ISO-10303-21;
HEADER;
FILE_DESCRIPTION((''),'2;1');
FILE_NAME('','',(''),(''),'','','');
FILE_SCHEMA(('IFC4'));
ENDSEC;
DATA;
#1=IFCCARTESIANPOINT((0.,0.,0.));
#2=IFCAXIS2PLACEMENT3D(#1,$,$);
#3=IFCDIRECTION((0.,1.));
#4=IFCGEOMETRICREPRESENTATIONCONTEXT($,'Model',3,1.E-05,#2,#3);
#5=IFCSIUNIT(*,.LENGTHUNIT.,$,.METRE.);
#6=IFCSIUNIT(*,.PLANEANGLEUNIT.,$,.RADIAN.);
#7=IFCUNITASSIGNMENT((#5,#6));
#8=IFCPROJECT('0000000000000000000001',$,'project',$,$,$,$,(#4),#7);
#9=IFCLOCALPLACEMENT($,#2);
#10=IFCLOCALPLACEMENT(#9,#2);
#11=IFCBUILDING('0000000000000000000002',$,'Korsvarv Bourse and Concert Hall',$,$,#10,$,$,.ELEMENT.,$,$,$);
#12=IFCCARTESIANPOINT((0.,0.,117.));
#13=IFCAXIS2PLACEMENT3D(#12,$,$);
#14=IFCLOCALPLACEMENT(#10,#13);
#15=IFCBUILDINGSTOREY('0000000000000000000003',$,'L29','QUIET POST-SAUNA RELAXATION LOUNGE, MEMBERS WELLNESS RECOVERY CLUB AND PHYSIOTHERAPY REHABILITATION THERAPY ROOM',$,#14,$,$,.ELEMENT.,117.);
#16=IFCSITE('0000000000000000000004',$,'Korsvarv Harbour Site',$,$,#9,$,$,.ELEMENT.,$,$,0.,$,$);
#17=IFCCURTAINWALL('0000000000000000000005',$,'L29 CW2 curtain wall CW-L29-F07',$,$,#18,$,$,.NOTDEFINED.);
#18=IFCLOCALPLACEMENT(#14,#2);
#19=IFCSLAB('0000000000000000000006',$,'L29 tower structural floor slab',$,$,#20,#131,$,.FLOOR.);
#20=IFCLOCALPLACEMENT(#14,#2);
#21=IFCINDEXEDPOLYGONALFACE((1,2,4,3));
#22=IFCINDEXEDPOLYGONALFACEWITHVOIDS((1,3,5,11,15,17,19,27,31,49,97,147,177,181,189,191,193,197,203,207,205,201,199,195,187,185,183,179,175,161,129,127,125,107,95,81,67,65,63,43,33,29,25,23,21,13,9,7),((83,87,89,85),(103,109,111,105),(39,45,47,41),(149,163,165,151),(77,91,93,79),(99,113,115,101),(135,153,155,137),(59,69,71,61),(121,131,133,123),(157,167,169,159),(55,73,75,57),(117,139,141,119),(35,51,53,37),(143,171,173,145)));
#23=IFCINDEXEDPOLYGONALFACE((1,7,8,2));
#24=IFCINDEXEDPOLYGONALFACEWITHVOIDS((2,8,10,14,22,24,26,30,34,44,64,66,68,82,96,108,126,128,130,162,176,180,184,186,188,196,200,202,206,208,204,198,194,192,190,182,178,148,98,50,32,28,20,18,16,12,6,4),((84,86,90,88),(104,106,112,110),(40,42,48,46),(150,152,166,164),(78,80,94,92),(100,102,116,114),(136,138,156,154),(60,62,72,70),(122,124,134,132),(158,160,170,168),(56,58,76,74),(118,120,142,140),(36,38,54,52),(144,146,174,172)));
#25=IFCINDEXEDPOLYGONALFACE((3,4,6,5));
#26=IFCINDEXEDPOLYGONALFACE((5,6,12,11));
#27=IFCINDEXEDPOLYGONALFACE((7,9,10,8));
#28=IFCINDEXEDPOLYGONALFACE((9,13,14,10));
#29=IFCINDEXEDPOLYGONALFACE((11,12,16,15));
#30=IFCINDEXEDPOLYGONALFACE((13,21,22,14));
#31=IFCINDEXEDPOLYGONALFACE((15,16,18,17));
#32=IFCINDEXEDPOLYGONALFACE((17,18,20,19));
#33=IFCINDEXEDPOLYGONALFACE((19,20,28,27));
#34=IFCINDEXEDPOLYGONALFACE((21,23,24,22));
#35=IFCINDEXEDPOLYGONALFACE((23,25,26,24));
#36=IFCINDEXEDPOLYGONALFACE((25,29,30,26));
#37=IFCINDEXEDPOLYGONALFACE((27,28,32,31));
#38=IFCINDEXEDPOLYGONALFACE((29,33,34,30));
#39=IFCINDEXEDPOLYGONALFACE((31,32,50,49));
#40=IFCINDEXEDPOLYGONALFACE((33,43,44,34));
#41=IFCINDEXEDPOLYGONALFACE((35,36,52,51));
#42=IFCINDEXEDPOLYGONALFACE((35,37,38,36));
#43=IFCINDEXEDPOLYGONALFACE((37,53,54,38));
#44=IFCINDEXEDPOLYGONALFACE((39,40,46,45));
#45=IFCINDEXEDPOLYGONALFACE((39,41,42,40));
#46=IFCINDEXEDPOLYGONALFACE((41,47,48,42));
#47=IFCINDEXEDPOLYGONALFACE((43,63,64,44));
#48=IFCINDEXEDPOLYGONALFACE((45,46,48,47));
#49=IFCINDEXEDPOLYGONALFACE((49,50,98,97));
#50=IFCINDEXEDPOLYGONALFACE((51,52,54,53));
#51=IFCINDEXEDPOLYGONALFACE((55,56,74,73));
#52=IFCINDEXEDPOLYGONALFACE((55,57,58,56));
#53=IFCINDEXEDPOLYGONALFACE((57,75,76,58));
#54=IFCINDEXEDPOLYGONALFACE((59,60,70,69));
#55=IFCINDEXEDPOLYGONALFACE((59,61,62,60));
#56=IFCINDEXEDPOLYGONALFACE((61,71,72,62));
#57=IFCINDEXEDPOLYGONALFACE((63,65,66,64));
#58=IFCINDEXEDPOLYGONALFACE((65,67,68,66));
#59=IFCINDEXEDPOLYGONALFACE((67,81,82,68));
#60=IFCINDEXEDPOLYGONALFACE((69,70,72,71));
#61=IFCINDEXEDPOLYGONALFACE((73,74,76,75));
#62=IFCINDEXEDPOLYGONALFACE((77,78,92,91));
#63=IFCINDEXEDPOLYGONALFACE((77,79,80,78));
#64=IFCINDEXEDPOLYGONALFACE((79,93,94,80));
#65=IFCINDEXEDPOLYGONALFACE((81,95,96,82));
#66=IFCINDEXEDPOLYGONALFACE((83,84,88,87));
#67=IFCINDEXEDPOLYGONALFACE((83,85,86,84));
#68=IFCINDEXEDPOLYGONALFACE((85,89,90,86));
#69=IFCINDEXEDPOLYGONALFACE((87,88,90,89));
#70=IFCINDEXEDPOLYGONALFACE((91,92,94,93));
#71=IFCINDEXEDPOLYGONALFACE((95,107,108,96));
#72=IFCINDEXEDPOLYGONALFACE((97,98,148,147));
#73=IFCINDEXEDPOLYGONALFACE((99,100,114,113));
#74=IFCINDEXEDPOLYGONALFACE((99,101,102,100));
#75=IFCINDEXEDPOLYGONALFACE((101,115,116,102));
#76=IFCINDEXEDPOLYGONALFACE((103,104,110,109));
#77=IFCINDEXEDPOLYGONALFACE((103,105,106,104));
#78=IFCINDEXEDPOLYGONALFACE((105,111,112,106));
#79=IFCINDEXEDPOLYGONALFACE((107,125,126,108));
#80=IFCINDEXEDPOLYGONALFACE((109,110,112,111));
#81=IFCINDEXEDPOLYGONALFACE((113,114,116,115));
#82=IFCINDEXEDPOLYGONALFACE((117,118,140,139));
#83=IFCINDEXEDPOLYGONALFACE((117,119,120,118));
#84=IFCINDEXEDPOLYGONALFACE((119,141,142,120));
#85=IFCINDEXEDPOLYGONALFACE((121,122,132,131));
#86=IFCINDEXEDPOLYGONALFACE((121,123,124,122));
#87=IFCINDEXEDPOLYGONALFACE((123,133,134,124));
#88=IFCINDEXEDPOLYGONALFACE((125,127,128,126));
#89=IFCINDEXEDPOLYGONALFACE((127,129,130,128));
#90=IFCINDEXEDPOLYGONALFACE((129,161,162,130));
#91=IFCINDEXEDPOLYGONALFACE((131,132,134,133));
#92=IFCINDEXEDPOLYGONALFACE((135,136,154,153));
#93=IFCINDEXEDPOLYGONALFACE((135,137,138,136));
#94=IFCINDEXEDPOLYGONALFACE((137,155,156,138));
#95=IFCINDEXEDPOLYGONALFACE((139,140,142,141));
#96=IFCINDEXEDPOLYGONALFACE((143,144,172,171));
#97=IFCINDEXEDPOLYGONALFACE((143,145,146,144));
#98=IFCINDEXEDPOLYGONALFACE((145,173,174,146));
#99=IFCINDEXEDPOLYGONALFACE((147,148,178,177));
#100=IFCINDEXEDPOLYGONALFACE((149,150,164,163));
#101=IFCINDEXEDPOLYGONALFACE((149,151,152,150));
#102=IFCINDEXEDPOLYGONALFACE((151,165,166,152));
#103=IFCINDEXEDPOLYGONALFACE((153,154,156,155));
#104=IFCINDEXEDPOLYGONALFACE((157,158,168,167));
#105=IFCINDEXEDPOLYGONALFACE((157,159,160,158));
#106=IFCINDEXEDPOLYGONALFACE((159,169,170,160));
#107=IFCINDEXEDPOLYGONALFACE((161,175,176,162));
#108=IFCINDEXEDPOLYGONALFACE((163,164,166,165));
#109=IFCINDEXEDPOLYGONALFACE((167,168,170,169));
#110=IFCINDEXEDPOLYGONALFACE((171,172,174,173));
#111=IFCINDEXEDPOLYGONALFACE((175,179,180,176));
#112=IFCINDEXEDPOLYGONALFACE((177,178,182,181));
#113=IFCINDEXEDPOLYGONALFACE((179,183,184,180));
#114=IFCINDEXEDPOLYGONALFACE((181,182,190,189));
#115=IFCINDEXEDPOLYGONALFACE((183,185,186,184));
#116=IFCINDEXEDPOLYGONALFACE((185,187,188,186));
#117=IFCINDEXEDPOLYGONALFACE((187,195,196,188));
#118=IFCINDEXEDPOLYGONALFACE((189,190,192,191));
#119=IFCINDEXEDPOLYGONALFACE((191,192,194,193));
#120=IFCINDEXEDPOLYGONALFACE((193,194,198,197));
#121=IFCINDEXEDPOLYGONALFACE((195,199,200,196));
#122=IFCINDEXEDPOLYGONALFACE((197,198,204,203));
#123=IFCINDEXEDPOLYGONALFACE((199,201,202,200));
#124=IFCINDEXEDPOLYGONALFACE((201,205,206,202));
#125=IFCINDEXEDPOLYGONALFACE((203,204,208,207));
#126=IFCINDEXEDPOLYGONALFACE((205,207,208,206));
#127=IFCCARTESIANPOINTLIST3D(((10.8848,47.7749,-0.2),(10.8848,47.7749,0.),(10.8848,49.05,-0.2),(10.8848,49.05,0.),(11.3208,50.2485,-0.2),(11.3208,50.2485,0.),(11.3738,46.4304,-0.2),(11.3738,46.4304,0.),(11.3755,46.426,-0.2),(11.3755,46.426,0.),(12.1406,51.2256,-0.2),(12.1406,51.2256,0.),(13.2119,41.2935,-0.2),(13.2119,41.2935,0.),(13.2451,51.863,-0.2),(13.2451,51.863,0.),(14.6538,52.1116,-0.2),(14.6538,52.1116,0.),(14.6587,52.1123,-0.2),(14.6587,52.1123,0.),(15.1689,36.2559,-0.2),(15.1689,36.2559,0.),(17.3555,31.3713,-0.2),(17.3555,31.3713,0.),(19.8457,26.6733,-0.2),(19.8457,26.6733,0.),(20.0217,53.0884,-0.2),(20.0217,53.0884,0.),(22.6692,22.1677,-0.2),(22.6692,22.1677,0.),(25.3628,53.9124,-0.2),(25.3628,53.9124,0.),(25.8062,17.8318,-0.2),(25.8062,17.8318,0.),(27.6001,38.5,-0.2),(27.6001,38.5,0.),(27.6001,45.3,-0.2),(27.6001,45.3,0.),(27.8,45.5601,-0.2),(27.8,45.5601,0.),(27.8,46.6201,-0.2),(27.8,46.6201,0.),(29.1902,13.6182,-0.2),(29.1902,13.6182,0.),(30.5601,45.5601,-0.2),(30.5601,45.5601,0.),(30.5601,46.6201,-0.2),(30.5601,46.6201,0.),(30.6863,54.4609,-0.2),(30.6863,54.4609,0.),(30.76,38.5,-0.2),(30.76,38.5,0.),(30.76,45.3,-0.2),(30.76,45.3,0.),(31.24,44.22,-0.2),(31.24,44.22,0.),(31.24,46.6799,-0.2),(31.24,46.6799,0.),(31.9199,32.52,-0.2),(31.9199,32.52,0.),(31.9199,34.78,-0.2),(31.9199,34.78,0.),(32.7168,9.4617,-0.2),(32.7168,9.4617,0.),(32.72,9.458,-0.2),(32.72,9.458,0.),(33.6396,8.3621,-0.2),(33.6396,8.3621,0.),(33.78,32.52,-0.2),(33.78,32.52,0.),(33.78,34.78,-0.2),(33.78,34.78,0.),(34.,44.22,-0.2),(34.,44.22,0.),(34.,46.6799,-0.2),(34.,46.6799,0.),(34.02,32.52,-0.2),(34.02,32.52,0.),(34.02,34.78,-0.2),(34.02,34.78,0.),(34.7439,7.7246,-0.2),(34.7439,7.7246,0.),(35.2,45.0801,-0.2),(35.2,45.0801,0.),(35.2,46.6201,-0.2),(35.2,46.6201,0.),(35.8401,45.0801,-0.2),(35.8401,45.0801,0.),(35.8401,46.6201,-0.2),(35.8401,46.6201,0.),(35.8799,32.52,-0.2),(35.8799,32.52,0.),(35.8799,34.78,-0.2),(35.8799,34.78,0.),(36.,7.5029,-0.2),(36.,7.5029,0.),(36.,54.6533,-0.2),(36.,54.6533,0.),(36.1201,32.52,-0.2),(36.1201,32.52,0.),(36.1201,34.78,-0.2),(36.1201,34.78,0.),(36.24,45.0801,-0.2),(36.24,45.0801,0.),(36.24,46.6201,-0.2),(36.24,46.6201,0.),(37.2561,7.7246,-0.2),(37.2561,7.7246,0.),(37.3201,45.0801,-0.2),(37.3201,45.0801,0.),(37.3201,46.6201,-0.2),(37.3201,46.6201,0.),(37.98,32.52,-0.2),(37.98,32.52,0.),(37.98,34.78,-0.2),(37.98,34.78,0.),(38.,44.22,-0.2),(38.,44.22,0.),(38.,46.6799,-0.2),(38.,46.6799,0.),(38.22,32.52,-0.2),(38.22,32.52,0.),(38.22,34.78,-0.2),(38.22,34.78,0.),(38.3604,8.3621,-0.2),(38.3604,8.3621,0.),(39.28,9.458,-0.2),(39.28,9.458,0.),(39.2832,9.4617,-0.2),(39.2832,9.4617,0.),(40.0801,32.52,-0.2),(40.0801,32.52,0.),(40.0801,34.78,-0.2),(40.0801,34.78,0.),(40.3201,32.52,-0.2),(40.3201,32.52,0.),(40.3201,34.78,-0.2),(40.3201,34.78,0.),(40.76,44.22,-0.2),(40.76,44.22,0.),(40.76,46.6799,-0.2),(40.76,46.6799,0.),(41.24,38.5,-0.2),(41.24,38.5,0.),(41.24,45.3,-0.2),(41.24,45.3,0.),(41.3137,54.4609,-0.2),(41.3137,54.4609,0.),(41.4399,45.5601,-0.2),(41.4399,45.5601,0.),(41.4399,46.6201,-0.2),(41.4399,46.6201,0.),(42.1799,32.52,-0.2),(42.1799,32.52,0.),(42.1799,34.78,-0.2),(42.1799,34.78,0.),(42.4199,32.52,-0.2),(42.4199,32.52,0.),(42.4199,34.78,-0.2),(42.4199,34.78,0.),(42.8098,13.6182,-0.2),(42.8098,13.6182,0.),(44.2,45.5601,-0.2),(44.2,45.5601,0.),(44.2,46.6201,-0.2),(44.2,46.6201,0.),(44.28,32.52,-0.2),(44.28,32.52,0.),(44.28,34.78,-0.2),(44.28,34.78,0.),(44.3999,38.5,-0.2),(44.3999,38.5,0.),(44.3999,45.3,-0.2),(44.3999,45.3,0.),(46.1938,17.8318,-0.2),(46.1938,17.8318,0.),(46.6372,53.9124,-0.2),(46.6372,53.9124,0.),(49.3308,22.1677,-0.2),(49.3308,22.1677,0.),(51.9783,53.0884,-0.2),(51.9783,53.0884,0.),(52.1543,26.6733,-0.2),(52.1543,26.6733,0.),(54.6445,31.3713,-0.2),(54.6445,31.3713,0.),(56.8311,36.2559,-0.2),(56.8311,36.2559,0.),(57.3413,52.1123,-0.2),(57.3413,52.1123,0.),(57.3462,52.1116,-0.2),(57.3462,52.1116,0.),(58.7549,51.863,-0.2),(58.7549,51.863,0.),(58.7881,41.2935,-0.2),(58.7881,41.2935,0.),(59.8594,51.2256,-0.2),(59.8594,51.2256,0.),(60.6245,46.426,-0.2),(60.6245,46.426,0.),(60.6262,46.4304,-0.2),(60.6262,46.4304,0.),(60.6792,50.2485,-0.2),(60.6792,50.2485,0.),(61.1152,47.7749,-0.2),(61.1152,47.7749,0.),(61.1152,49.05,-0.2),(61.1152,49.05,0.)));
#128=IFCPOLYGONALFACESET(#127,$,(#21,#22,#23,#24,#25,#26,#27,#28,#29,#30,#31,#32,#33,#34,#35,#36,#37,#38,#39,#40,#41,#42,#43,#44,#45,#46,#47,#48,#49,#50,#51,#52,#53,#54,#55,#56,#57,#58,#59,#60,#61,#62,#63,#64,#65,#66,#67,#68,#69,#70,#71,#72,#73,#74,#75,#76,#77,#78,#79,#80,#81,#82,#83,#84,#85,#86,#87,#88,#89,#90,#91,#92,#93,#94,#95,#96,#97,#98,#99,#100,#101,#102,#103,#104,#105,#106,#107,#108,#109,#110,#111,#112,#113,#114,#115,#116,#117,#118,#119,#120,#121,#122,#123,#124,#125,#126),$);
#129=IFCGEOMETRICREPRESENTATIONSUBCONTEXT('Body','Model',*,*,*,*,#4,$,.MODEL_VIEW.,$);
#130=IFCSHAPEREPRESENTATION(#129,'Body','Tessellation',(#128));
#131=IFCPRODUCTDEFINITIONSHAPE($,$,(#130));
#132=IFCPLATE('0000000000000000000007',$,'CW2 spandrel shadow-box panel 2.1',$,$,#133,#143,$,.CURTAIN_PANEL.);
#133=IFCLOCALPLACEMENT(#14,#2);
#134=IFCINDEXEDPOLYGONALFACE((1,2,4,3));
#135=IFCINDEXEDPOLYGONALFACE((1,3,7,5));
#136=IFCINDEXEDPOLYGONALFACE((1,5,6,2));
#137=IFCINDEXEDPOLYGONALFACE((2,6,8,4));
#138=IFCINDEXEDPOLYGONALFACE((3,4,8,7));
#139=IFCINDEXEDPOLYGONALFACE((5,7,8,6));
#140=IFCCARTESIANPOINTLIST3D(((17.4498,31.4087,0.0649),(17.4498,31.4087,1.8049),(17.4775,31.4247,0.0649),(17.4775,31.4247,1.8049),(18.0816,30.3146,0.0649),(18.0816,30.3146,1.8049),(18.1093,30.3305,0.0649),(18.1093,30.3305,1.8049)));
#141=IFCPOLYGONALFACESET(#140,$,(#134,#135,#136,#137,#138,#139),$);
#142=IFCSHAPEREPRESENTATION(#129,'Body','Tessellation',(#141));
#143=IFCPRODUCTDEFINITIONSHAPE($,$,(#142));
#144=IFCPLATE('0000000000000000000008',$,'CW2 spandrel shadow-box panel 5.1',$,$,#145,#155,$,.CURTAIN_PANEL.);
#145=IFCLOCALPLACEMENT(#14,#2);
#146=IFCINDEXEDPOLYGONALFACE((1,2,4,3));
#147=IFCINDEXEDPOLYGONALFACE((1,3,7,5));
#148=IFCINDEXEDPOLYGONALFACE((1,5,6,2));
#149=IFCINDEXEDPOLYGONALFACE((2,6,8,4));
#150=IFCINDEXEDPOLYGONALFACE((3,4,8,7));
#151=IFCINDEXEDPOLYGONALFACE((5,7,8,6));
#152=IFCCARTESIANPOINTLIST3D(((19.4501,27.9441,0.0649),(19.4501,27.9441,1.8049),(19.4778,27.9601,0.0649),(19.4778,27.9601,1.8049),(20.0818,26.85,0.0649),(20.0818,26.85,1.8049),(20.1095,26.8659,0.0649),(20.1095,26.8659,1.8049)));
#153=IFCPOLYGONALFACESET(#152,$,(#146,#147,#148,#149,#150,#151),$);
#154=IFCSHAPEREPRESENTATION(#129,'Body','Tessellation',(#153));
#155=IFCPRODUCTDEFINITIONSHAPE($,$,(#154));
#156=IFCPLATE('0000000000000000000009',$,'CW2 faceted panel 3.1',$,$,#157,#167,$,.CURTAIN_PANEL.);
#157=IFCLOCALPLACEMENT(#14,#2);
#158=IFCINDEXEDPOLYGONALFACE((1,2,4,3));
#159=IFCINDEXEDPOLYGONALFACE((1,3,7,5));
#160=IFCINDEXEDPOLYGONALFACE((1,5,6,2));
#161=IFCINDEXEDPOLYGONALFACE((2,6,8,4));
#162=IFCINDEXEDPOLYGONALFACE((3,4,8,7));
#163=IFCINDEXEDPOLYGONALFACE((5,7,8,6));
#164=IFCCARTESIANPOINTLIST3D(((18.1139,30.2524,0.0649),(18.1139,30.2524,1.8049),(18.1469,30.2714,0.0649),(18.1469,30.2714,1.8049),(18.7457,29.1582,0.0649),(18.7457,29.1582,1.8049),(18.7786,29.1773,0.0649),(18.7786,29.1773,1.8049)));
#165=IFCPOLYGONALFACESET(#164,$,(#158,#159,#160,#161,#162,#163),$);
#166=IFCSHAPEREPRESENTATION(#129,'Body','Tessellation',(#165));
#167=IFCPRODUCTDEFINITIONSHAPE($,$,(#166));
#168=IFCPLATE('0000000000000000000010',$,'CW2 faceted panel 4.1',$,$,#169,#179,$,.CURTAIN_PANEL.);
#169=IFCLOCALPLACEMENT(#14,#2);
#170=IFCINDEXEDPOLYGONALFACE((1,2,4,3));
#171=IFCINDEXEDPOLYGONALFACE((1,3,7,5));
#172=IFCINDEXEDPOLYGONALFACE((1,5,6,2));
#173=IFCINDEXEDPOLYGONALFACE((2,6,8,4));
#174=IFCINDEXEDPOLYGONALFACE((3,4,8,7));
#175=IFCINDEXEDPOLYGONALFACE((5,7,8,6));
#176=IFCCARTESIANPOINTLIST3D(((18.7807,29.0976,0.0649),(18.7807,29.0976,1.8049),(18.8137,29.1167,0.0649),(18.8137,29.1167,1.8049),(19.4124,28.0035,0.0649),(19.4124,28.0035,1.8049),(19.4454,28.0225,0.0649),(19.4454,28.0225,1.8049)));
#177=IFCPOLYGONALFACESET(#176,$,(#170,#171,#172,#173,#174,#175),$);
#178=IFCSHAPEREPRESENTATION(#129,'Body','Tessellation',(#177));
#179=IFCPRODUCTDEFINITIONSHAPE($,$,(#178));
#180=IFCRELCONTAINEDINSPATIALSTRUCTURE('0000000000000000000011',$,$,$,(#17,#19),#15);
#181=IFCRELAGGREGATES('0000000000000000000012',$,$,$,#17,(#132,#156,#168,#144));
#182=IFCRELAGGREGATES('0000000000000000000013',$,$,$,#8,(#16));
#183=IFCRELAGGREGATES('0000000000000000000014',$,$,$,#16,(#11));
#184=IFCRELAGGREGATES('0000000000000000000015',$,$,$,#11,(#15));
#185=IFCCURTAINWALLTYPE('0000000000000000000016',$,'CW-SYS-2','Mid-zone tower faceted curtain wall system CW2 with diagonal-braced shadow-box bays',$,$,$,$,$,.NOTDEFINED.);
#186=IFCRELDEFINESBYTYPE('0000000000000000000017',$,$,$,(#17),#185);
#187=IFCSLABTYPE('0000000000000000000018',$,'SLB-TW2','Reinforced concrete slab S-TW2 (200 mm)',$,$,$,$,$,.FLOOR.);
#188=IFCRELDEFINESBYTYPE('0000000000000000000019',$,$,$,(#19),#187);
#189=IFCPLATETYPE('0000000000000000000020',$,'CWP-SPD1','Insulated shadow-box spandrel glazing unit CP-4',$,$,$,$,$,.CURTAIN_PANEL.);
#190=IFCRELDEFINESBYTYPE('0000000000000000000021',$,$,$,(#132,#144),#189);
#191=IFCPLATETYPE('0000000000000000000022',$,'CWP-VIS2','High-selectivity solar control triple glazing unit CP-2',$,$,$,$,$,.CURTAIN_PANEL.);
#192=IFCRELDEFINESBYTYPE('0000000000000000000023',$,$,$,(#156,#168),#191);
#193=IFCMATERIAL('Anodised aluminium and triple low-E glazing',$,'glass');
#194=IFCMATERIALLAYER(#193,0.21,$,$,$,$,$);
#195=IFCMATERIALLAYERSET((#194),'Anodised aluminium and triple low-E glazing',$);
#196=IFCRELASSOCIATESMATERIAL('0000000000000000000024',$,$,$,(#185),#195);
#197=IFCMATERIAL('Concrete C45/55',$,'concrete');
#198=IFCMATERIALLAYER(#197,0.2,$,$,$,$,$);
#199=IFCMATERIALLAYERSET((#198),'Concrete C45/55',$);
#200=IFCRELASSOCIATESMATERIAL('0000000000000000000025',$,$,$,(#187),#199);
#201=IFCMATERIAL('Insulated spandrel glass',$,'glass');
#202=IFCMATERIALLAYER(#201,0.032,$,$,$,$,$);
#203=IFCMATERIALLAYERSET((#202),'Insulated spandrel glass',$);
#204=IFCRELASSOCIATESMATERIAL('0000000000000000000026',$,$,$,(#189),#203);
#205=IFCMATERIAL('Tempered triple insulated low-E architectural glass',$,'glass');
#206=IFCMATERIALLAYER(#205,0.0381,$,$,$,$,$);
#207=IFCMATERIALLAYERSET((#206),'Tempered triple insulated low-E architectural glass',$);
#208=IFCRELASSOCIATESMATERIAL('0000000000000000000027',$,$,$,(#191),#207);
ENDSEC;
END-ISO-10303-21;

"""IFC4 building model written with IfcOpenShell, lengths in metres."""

from ifc_helpers import new_model, si_unit, direction, frame, origin, origin_2d, place, context, subcontext, project, spatial, polyline, rectangle, outline, extrude, source, transform, mapped, material, layer, layer_set, type_object, element, aggregate, save


model = new_model("IFC4")

# Units and contexts
model_context = context("Model", 3, precision=1e-05, world=origin(), true_north=direction((0.0, 1.0)))
body_context = subcontext(model_context, "Body", "Model", "MODEL_VIEW")
ifc_project = project(units=[si_unit("LENGTHUNIT", "METRE"), si_unit("PLANEANGLEUNIT", "RADIAN")], contexts=[model_context])

# Site, building, storey
site_placement = place(None, origin())
site = spatial("IfcSite", under=ifc_project, at=site_placement, Name="Korsvarv Harbour Site", CompositionType="ELEMENT", RefElevation=0.0)
building_placement = place(site_placement, origin())
building = spatial("IfcBuilding", under=site, at=building_placement, Name="Korsvarv Bourse and Concert Hall", CompositionType="ELEMENT")
storey_placement = place(building_placement, frame((0.0, 0.0, 117.0)))
storey = spatial("IfcBuildingStorey", under=building, at=storey_placement, Name="L29", Description="QUIET POST-SAUNA RELAXATION LOUNGE, MEMBERS WELLNESS RECOVERY CLUB AND PHYSIOTHERAPY REHABILITATION THERAPY ROOM", CompositionType="ELEMENT", Elevation=117.0)

# Curtain wall
ifc_material_1 = material(Name="Anodised aluminium and triple low-E glazing", Category="glass")
ifc_layer_1 = layer(ifc_material_1, 0.21)
ifc_layer_set_1 = layer_set([ifc_layer_1], Name="Anodised aluminium and triple low-E glazing")
curtain_wall_type = type_object("IfcCurtainWallType", Name="CW-SYS-2", Description="Mid-zone tower faceted curtain wall system CW2 with diagonal-braced shadow-box bays", PredefinedType="NOTDEFINED", material=ifc_layer_set_1)
curtain_wall_placement = place(storey_placement, origin())
curtain_wall = element("IfcCurtainWall", 1, at=curtain_wall_placement, inside=storey, type_object=curtain_wall_type, Name="L29 CW2 curtain wall CW-L29-F07", PredefinedType="NOTDEFINED")

# Slab
ifc_material_2 = material(Name="Concrete C45/55", Category="concrete")
ifc_layer_2 = layer(ifc_material_2, 0.2)
ifc_layer_set_2 = layer_set([ifc_layer_2], Name="Concrete C45/55")
slab_type_1 = type_object("IfcSlabType", Name="SLB-TW2", Description="Reinforced concrete slab S-TW2 (200 mm)", PredefinedType="FLOOR", material=ifc_layer_set_2)
slab_1_placement = place(storey_placement, frame((0.0, 0.0, -0.2)))
element("IfcSlab", 2, at=slab_1_placement, inside=storey, type_object=slab_type_1, Name="L29 tower structural floor slab", PredefinedType="FLOOR", context=body_context, shape_type="SweptSolid", body=[
    extrude(outline(polyline([(60.6245, 46.426), (58.7881, 41.2935), (56.8311, 36.2559), (54.6445, 31.3713), (52.1543, 26.6733), (49.3308, 22.1677), (46.1938, 17.8318), (42.8098, 13.6182), (39.2832, 9.4617), (39.28, 9.458), (38.3604, 8.3621), (37.2561, 7.7246), (36.0, 7.5029), (34.7439, 7.7246), (33.6396, 8.3621), (32.72, 9.458), (32.7168, 9.4617), (29.1902, 13.6182), (25.8062, 17.8318), (22.6692, 22.1677), (19.8457, 26.6733), (17.3555, 31.3713), (15.1689, 36.2559), (13.2119, 41.2935), (11.3755, 46.426), (11.3738, 46.4304), (10.8848, 47.7749), (10.8848, 49.05), (11.3208, 50.2485), (12.1406, 51.2256), (13.2451, 51.863), (14.6538, 52.1116), (14.6587, 52.1123), (20.0217, 53.0884), (25.3628, 53.9124), (30.6863, 54.4609), (36.0, 54.6533), (41.3137, 54.4609), (46.6372, 53.9124), (51.9783, 53.0884), (57.3413, 52.1123), (57.3462, 52.1116), (58.7549, 51.863), (59.8594, 51.2256), (60.6792, 50.2485), (61.1152, 49.05), (61.1152, 47.7749), (60.6262, 46.4304), (60.6245, 46.426)]), holes=[polyline([(30.76, 38.5), (30.76, 45.3), (27.6001, 45.3), (27.6001, 38.5), (30.76, 38.5)]), polyline([(44.3999, 38.5), (44.3999, 45.3), (41.24, 45.3), (41.24, 38.5), (44.3999, 38.5)]), polyline([(31.24, 44.22), (34.0, 44.22), (34.0, 46.6799), (31.24, 46.6799), (31.24, 44.22)]), polyline([(38.0, 44.22), (40.76, 44.22), (40.76, 46.6799), (38.0, 46.6799), (38.0, 44.22)]), polyline([(31.9199, 32.52), (33.78, 32.52), (33.78, 34.78), (31.9199, 34.78), (31.9199, 32.52)]), polyline([(34.02, 32.52), (35.8799, 32.52), (35.8799, 34.78), (34.02, 34.78), (34.02, 32.52)]), polyline([(36.1201, 32.52), (37.98, 32.52), (37.98, 34.78), (36.1201, 34.78), (36.1201, 32.52)]), polyline([(38.22, 32.52), (40.0801, 32.52), (40.0801, 34.78), (38.22, 34.78), (38.22, 32.52)]), polyline([(40.3201, 32.52), (42.1799, 32.52), (42.1799, 34.78), (40.3201, 34.78), (40.3201, 32.52)]), polyline([(42.4199, 32.52), (44.28, 32.52), (44.28, 34.78), (42.4199, 34.78), (42.4199, 32.52)]), polyline([(27.8, 45.5601), (30.5601, 45.5601), (30.5601, 46.6201), (27.8, 46.6201), (27.8, 45.5601)]), polyline([(41.4399, 45.5601), (44.2, 45.5601), (44.2, 46.6201), (41.4399, 46.6201), (41.4399, 45.5601)]), polyline([(35.2, 45.0801), (35.8401, 45.0801), (35.8401, 46.6201), (35.2, 46.6201), (35.2, 45.0801)]), polyline([(36.24, 45.0801), (37.3201, 45.0801), (37.3201, 46.6201), (36.24, 46.6201), (36.24, 45.0801)])]), origin(), (0.0, 0.0, 1.0), 0.2),
])

# Plates
ifc_material_3 = material(Name="Insulated spandrel glass", Category="glass")
ifc_layer_3 = layer(ifc_material_3, 0.032)
ifc_layer_set_3 = layer_set([ifc_layer_3], Name="Insulated spandrel glass")
plate_type_1 = type_object("IfcPlateType", Name="CWP-SPD1", Description="Insulated shadow-box spandrel glazing unit CP-4", PredefinedType="CURTAIN_PANEL", material=ifc_layer_set_3)
shared_shape_1 = source(origin(), body_context, "Body", "SweptSolid", [
    extrude(rectangle(XDim=1.2634, YDim=0.032, at=origin_2d()), origin(), (0.0, 0.0, 1.0), 1.74),
])
plate_1_placement = place(storey_placement, frame((17.7795, 30.8696, 0.0649), z_axis=(0.0, 0.0, 1.0), x_axis=(0.500006, -0.866022, 0.0)))
plate_1 = element("IfcPlate", 3, at=plate_1_placement, type_object=plate_type_1, Name="CW2 spandrel shadow-box panel 2.1", PredefinedType="CURTAIN_PANEL", context=body_context, shape_type="MappedRepresentation", body=[
    mapped(shared_shape_1, transform((0.0, 0.0, 0.0), scale=1.0)),
])
plate_2_placement = place(storey_placement, frame((19.7798, 27.405, 0.0649), z_axis=(0.0, 0.0, 1.0), x_axis=(0.500006, -0.866022, 0.0)))
plate_2 = element("IfcPlate", 4, at=plate_2_placement, type_object=plate_type_1, Name="CW2 spandrel shadow-box panel 5.1", PredefinedType="CURTAIN_PANEL", context=body_context, shape_type="MappedRepresentation", body=[
    mapped(shared_shape_1, transform((0.0, 0.0, 0.0), scale=1.0)),
])
ifc_material_4 = material(Name="Tempered triple insulated low-E architectural glass", Category="glass")
ifc_layer_4 = layer(ifc_material_4, 0.0381)
ifc_layer_set_4 = layer_set([ifc_layer_4], Name="Tempered triple insulated low-E architectural glass")
plate_type_2 = type_object("IfcPlateType", Name="CWP-VIS2", Description="High-selectivity solar control triple glazing unit CP-2", PredefinedType="CURTAIN_PANEL", material=ifc_layer_set_4)
shared_shape_2 = source(origin(), body_context, "Body", "SweptSolid", [
    extrude(rectangle(XDim=1.2634, YDim=0.0381, at=origin_2d()), origin(), (0.0, 0.0, 1.0), 1.74),
])
plate_3_placement = place(storey_placement, frame((18.4463, 29.7148, 0.0649), z_axis=(0.0, 0.0, 1.0), x_axis=(0.500006, -0.866022, 0.0)))
plate_3 = element("IfcPlate", 5, at=plate_3_placement, type_object=plate_type_2, Name="CW2 faceted panel 3.1", PredefinedType="CURTAIN_PANEL", context=body_context, shape_type="MappedRepresentation", body=[
    mapped(shared_shape_2, transform((0.0, 0.0, 0.0), scale=1.0)),
])
plate_4_placement = place(storey_placement, frame((19.113, 28.5601, 0.0649), z_axis=(0.0, 0.0, 1.0), x_axis=(0.500006, -0.866022, 0.0)))
plate_4 = element("IfcPlate", 6, at=plate_4_placement, type_object=plate_type_2, Name="CW2 faceted panel 4.1", PredefinedType="CURTAIN_PANEL", context=body_context, shape_type="MappedRepresentation", body=[
    mapped(shared_shape_2, transform((0.0, 0.0, 0.0), scale=1.0)),
])
aggregate(curtain_wall, [plate_1, plate_3, plate_4, plate_2])

save(model, "model.ifc")
